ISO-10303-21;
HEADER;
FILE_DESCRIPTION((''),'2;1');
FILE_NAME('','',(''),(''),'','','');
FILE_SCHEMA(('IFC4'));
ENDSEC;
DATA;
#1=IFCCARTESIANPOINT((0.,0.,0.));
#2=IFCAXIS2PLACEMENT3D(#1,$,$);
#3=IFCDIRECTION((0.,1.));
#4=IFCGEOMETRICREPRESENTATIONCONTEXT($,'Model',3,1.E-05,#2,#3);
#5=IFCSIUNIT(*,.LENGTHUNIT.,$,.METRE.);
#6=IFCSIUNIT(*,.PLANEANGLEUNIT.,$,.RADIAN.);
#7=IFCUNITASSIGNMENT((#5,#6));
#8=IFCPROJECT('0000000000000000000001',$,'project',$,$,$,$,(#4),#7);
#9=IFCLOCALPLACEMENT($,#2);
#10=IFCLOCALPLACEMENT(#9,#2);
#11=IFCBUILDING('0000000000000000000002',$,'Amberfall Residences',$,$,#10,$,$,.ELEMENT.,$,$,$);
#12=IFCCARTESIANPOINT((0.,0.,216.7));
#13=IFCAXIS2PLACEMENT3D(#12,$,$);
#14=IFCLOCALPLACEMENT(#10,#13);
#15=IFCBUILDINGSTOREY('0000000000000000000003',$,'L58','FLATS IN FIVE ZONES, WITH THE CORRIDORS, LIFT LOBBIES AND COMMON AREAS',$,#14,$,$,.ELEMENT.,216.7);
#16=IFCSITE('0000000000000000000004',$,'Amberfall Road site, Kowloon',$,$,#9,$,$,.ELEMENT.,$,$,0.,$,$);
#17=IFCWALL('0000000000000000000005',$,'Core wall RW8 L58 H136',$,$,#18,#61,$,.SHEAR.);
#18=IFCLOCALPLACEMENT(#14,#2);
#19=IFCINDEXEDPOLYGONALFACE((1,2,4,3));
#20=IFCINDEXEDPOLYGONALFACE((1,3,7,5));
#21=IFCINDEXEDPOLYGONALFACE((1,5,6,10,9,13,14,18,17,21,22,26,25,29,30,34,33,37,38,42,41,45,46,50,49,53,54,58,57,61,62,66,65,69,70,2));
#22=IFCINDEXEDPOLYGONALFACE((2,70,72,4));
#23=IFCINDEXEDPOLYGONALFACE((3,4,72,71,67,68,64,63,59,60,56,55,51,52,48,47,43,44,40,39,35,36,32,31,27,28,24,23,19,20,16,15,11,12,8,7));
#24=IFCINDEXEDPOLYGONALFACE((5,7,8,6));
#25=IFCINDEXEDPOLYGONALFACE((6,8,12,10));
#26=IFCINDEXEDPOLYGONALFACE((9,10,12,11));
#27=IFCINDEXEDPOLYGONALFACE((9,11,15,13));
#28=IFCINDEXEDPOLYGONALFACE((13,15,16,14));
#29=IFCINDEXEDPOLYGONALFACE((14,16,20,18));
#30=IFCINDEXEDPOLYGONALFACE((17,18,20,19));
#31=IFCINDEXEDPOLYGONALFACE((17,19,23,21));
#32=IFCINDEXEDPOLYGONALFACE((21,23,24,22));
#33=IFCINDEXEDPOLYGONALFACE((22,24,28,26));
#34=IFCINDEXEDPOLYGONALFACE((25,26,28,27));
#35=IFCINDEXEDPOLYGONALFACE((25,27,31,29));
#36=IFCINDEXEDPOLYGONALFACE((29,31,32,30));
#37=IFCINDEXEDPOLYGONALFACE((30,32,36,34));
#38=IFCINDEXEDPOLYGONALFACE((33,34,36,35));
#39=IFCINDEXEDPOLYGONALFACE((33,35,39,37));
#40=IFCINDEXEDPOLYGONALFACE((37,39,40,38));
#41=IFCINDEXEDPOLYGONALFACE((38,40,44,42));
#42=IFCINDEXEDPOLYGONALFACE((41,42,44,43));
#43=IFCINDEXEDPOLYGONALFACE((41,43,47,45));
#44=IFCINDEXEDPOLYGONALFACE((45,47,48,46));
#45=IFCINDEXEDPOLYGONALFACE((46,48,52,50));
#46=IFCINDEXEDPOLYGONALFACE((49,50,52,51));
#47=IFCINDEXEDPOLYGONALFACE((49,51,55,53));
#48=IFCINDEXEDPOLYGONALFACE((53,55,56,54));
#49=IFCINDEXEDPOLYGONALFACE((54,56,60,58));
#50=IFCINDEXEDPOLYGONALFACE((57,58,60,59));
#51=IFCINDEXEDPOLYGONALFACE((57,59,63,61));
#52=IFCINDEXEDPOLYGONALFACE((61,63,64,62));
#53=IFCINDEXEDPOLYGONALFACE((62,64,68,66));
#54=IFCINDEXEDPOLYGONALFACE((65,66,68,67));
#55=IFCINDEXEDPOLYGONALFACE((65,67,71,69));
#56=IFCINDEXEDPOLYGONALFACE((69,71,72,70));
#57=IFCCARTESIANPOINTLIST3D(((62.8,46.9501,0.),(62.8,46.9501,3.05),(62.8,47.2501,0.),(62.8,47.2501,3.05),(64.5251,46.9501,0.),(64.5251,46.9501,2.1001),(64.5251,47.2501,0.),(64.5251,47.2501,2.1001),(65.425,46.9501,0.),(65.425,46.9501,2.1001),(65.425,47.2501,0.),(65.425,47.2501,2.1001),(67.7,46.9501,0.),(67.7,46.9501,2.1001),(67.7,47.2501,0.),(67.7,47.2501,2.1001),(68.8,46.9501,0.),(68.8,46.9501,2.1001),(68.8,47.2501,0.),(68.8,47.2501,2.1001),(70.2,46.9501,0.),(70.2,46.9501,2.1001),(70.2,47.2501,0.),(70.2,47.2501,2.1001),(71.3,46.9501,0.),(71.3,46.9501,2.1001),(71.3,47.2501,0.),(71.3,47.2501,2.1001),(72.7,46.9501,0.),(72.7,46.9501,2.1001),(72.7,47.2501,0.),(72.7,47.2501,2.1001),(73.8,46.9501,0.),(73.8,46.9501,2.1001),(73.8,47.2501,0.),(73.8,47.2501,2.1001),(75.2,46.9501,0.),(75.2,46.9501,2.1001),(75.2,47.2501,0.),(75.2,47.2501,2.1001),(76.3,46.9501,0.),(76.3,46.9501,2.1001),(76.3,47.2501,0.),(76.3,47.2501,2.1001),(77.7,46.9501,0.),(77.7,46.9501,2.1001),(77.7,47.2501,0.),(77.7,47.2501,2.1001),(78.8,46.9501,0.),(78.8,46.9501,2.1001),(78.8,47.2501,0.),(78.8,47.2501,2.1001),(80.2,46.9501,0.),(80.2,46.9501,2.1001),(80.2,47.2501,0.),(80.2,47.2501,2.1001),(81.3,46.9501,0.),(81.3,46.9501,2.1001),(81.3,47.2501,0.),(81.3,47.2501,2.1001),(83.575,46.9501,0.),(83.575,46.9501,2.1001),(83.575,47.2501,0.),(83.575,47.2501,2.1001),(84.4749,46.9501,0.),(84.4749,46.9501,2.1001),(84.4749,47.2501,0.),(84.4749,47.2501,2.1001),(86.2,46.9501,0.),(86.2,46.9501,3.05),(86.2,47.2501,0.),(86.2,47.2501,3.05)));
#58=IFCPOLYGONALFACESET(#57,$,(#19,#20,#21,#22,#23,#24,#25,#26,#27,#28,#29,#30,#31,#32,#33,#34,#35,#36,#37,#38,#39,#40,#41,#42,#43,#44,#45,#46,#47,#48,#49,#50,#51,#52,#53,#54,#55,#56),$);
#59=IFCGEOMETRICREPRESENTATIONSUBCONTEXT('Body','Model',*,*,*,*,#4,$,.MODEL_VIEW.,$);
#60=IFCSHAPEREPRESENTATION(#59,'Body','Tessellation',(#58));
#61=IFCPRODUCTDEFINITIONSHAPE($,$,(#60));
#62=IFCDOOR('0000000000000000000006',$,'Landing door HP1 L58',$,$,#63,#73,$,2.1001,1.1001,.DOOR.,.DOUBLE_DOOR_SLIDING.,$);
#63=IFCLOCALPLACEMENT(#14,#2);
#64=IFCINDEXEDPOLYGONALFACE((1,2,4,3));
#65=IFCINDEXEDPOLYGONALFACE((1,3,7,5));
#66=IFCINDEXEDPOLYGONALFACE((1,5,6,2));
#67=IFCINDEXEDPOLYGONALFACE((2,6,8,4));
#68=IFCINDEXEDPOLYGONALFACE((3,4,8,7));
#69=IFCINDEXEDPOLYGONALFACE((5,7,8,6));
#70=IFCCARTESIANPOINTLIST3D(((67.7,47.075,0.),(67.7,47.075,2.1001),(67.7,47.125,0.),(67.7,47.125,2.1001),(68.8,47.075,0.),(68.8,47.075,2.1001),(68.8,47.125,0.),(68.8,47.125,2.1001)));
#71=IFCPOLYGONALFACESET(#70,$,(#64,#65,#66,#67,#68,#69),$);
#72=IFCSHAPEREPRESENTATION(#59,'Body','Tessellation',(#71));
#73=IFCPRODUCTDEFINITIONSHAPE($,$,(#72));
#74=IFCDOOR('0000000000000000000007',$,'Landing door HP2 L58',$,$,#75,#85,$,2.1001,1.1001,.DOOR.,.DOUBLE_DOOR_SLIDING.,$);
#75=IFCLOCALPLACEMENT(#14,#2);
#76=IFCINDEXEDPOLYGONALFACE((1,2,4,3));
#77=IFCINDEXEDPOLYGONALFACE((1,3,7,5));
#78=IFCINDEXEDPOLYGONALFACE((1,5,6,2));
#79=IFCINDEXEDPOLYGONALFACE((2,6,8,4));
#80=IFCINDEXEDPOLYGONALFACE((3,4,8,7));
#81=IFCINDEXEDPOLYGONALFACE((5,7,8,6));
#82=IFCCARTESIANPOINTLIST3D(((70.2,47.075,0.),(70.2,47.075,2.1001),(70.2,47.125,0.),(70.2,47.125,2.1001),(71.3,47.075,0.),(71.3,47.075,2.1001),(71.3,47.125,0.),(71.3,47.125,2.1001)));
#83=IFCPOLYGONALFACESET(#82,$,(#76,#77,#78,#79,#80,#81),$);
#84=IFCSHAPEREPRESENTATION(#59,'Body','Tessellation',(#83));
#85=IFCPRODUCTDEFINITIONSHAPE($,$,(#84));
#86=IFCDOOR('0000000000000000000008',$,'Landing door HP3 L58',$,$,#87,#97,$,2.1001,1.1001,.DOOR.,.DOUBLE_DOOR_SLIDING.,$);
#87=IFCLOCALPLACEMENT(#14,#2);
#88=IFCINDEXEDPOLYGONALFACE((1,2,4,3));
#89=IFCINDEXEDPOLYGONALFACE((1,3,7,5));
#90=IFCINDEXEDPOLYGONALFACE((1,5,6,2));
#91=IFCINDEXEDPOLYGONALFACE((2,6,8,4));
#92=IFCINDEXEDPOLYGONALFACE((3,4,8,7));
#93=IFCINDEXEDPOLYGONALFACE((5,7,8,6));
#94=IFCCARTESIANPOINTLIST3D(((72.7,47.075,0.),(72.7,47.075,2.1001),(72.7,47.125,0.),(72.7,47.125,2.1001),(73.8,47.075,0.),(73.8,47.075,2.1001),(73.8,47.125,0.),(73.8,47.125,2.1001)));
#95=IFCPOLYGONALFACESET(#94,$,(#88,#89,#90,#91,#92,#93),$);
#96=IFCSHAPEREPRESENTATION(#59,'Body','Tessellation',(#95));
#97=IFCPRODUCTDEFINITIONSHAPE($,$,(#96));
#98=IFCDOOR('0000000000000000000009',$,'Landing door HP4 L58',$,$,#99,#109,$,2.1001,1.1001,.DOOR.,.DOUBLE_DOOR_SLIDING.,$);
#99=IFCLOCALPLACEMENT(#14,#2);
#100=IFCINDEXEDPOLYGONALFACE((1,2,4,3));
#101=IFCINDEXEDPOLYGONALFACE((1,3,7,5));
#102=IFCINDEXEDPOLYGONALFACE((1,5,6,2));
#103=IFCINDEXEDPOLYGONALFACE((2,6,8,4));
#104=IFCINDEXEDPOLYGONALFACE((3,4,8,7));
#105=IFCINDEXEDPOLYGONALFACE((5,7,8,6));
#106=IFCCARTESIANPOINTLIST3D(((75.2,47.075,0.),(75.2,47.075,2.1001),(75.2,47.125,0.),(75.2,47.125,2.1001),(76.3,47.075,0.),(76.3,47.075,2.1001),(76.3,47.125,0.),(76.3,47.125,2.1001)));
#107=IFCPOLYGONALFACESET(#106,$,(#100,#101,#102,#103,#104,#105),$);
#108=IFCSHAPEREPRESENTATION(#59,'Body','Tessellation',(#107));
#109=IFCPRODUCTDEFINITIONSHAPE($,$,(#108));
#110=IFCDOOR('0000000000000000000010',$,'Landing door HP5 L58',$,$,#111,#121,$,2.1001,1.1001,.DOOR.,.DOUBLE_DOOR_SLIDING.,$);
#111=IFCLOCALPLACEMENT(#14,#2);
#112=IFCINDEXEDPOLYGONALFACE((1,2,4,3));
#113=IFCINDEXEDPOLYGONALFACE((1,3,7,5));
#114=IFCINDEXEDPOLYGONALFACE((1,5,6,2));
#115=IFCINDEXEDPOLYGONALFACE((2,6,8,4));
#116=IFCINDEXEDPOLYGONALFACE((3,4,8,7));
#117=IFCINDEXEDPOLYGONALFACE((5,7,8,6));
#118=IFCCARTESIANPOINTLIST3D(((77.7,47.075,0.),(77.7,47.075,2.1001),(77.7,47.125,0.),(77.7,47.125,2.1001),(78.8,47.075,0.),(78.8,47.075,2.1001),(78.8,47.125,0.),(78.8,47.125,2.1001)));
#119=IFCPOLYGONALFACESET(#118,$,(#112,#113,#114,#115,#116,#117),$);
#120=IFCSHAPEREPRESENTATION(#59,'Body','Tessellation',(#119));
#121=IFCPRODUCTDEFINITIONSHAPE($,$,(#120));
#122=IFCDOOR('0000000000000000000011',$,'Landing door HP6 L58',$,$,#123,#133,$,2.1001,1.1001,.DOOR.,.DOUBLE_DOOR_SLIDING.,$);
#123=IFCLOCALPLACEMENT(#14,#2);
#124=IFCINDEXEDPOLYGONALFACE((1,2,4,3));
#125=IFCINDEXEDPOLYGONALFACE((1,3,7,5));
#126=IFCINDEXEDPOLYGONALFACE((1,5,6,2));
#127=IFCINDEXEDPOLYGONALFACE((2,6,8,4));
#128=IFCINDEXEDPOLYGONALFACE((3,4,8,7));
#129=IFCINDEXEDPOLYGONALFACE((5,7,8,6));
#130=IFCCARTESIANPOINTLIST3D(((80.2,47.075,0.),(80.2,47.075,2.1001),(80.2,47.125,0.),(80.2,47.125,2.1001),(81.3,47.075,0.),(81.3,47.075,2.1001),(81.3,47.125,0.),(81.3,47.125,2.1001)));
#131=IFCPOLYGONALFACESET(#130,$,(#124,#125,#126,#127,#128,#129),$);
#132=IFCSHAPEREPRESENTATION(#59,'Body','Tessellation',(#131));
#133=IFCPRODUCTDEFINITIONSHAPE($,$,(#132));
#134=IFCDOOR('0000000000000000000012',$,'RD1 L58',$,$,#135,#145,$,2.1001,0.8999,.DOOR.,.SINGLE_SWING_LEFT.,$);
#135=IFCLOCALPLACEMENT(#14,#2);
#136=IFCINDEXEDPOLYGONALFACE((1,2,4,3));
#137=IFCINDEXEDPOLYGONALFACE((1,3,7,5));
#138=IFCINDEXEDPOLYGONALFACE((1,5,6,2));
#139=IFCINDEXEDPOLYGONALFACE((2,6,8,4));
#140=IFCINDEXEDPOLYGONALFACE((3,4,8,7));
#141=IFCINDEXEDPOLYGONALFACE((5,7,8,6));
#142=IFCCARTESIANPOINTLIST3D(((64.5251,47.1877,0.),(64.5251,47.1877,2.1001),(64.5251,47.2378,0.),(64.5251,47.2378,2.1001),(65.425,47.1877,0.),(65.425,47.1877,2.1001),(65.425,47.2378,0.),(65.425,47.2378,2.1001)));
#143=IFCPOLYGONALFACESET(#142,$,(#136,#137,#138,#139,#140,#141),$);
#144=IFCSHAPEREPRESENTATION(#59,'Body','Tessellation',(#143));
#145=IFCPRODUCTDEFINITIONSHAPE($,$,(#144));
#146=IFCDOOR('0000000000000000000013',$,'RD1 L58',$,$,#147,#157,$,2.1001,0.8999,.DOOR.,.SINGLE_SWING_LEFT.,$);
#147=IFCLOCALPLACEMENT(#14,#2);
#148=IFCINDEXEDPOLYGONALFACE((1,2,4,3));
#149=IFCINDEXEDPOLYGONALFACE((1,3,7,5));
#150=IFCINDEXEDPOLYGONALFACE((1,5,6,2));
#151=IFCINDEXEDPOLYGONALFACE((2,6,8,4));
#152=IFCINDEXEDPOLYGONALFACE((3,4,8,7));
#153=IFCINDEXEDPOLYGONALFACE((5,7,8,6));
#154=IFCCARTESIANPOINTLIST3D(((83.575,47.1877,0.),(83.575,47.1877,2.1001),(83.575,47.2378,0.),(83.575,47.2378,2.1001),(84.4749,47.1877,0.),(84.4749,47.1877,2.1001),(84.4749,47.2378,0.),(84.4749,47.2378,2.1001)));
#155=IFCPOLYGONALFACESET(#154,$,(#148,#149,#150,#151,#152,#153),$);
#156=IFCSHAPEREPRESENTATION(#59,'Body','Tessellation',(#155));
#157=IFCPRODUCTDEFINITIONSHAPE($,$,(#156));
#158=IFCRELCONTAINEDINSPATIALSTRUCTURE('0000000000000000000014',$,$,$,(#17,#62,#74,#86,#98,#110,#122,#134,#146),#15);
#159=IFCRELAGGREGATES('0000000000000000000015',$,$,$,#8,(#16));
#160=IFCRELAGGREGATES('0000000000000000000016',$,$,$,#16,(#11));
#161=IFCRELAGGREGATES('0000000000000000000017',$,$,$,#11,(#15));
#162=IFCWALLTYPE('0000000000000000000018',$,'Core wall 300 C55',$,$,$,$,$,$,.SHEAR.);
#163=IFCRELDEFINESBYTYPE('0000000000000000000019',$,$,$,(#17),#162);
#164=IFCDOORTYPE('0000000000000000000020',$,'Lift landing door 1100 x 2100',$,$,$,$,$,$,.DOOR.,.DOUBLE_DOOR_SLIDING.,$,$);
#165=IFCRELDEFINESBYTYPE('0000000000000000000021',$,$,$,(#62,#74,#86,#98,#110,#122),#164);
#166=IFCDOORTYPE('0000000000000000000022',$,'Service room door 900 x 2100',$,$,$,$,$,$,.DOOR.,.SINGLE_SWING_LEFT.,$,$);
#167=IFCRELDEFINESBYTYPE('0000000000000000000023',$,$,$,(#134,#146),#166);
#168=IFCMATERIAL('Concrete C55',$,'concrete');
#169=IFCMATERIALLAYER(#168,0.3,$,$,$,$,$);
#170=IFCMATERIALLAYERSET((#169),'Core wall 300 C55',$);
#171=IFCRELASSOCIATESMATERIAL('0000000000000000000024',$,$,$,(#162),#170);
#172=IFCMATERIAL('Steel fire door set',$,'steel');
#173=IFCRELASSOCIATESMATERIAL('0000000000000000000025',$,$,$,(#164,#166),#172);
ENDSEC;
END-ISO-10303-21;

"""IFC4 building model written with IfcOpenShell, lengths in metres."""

from ifc_helpers import new_model, si_unit, direction, frame, frame_2d, origin, place, context, subcontext, project, spatial, rectangle, extrude, material, layer, layer_set, type_object, element, fill, save


model = new_model("IFC4")

# Units and contexts
model_context = context("Model", 3, precision=1e-05, world=origin(), true_north=direction((0.0, 1.0)))
body_context = subcontext(model_context, "Body", "Model", "MODEL_VIEW")
ifc_project = project(units=[si_unit("LENGTHUNIT", "METRE"), si_unit("PLANEANGLEUNIT", "RADIAN")], contexts=[model_context])

# Site, building, storey
site_placement = place(None, origin())
site = spatial("IfcSite", under=ifc_project, at=site_placement, Name="Amberfall Road site, Kowloon", CompositionType="ELEMENT", RefElevation=0.0)
building_placement = place(site_placement, origin())
building = spatial("IfcBuilding", under=site, at=building_placement, Name="Amberfall Residences", CompositionType="ELEMENT")
storey_placement = place(building_placement, frame((0.0, 0.0, 216.7)))
storey = spatial("IfcBuildingStorey", under=building, at=storey_placement, Name="L58", Description="FLATS IN FIVE ZONES, WITH THE CORRIDORS, LIFT LOBBIES AND COMMON AREAS", CompositionType="ELEMENT", Elevation=216.7)

# Wall, openings, doors
ifc_material_1 = material(Name="Concrete C55", Category="concrete")
ifc_layer_1 = layer(ifc_material_1, 0.3)
ifc_layer_set_1 = layer_set([ifc_layer_1], Name="Core wall 300 C55")
wall_type_1 = type_object("IfcWallType", Name="Core wall 300 C55", PredefinedType="SHEAR", material=ifc_layer_set_1)
wall_1_placement = place(storey_placement, frame((62.8, 47.1001, 0.0), z_axis=(0.0, 0.0, 1.0), x_axis=(1.0, 0.0, 0.0)))
wall_1 = element("IfcWall", 1, at=wall_1_placement, inside=storey, type_object=wall_type_1, Name="Core wall RW8 L58 H136", PredefinedType="SHEAR", context=body_context, shape_type="SweptSolid", body=[
    extrude(rectangle(XDim=23.3999, YDim=0.3, at=frame_2d((11.7, 0.0))), origin(), (0.0, 0.0, 1.0), 3.05),
])
opening_1_placement = place(wall_1_placement, frame((1.7251, 0.0, 0.0)))
opening_1 = element("IfcOpeningElement", 2, at=opening_1_placement, cuts=wall_1, PredefinedType="OPENING", context=body_context, shape_type="SweptSolid", body=[
    extrude(rectangle(XDim=0.8999, YDim=2.1001, at=frame_2d((0.45, 1.05))), frame((0.0, 0.1599, 0.0), z_axis=(0.0, -1.0, 0.0), x_axis=(1.0, 0.0, 0.0)), (0.0, 0.0, 1.0), 0.3201),
])
opening_2_placement = place(wall_1_placement, frame((20.7749, 0.0, 0.0)))
opening_2 = element("IfcOpeningElement", 3, at=opening_2_placement, cuts=wall_1, PredefinedType="OPENING", context=body_context, shape_type="SweptSolid", body=[
    extrude(rectangle(XDim=0.8999, YDim=2.1001, at=frame_2d((0.45, 1.05))), frame((0.0, 0.1599, 0.0), z_axis=(0.0, -1.0, 0.0), x_axis=(1.0, 0.0, 0.0)), (0.0, 0.0, 1.0), 0.3201),
])
opening_3_placement = place(wall_1_placement, frame((4.8999, 0.0, 0.0)))
opening_3 = element("IfcOpeningElement", 4, at=opening_3_placement, cuts=wall_1, PredefinedType="OPENING", context=body_context, shape_type="SweptSolid", body=[
    extrude(rectangle(XDim=1.1001, YDim=2.1001, at=frame_2d((0.55, 1.05))), frame((0.0, 0.1599, 0.0), z_axis=(0.0, -1.0, 0.0), x_axis=(1.0, 0.0, 0.0)), (0.0, 0.0, 1.0), 0.3201),
])
opening_4_placement = place(wall_1_placement, frame((7.3999, 0.0, 0.0)))
opening_4 = element("IfcOpeningElement", 5, at=opening_4_placement, cuts=wall_1, PredefinedType="OPENING", context=body_context, shape_type="SweptSolid", body=[
    extrude(rectangle(XDim=1.1001, YDim=2.1001, at=frame_2d((0.55, 1.05))), frame((0.0, 0.1599, 0.0), z_axis=(0.0, -1.0, 0.0), x_axis=(1.0, 0.0, 0.0)), (0.0, 0.0, 1.0), 0.3201),
])
opening_5_placement = place(wall_1_placement, frame((9.8999, 0.0, 0.0)))
opening_5 = element("IfcOpeningElement", 6, at=opening_5_placement, cuts=wall_1, PredefinedType="OPENING", context=body_context, shape_type="SweptSolid", body=[
    extrude(rectangle(XDim=1.1001, YDim=2.1001, at=frame_2d((0.55, 1.05))), frame((0.0, 0.1599, 0.0), z_axis=(0.0, -1.0, 0.0), x_axis=(1.0, 0.0, 0.0)), (0.0, 0.0, 1.0), 0.3201),
])
opening_6_placement = place(wall_1_placement, frame((12.3999, 0.0, 0.0)))
opening_6 = element("IfcOpeningElement", 7, at=opening_6_placement, cuts=wall_1, PredefinedType="OPENING", context=body_context, shape_type="SweptSolid", body=[
    extrude(rectangle(XDim=1.1001, YDim=2.1001, at=frame_2d((0.55, 1.05))), frame((0.0, 0.1599, 0.0), z_axis=(0.0, -1.0, 0.0), x_axis=(1.0, 0.0, 0.0)), (0.0, 0.0, 1.0), 0.3201),
])
opening_7_placement = place(wall_1_placement, frame((14.8999, 0.0, 0.0)))
opening_7 = element("IfcOpeningElement", 8, at=opening_7_placement, cuts=wall_1, PredefinedType="OPENING", context=body_context, shape_type="SweptSolid", body=[
    extrude(rectangle(XDim=1.1001, YDim=2.1001, at=frame_2d((0.55, 1.05))), frame((0.0, 0.1599, 0.0), z_axis=(0.0, -1.0, 0.0), x_axis=(1.0, 0.0, 0.0)), (0.0, 0.0, 1.0), 0.3201),
])
opening_8_placement = place(wall_1_placement, frame((17.3999, 0.0, 0.0)))
opening_8 = element("IfcOpeningElement", 9, at=opening_8_placement, cuts=wall_1, PredefinedType="OPENING", context=body_context, shape_type="SweptSolid", body=[
    extrude(rectangle(XDim=1.1001, YDim=2.1001, at=frame_2d((0.55, 1.05))), frame((0.0, 0.1599, 0.0), z_axis=(0.0, -1.0, 0.0), x_axis=(1.0, 0.0, 0.0)), (0.0, 0.0, 1.0), 0.3201),
])
ifc_material_2 = material(Name="Steel fire door set", Category="steel")
door_type_1 = type_object("IfcDoorType", Name="Lift landing door 1100 x 2100", OperationType="DOUBLE_DOOR_SLIDING", PredefinedType="DOOR", material=ifc_material_2)
door_1_placement = place(opening_3_placement, origin())
door_1 = element("IfcDoor", 10, at=door_1_placement, inside=storey, type_object=door_type_1, Name="Landing door HP1 L58", OperationType="DOUBLE_DOOR_SLIDING", OverallHeight=2.1001, OverallWidth=1.1001, PredefinedType="DOOR", context=body_context, shape_type="SweptSolid", body=[
    extrude(rectangle(XDim=1.1001, YDim=2.1001, at=frame_2d((0.55, 1.05))), frame((0.0, 0.0249, 0.0), z_axis=(0.0, -1.0, 0.0), x_axis=(1.0, 0.0, 0.0)), (0.0, 0.0, 1.0), 0.05),
])
fill(opening_3, door_1)
door_2_placement = place(opening_4_placement, origin())
door_2 = element("IfcDoor", 11, at=door_2_placement, inside=storey, type_object=door_type_1, Name="Landing door HP2 L58", OperationType="DOUBLE_DOOR_SLIDING", OverallHeight=2.1001, OverallWidth=1.1001, PredefinedType="DOOR", context=body_context, shape_type="SweptSolid", body=[
    extrude(rectangle(XDim=1.1001, YDim=2.1001, at=frame_2d((0.55, 1.05))), frame((0.0, 0.0249, 0.0), z_axis=(0.0, -1.0, 0.0), x_axis=(1.0, 0.0, 0.0)), (0.0, 0.0, 1.0), 0.05),
])
fill(opening_4, door_2)
door_3_placement = place(opening_5_placement, origin())
door_3 = element("IfcDoor", 12, at=door_3_placement, inside=storey, type_object=door_type_1, Name="Landing door HP3 L58", OperationType="DOUBLE_DOOR_SLIDING", OverallHeight=2.1001, OverallWidth=1.1001, PredefinedType="DOOR", context=body_context, shape_type="SweptSolid", body=[
    extrude(rectangle(XDim=1.1001, YDim=2.1001, at=frame_2d((0.55, 1.05))), frame((0.0, 0.0249, 0.0), z_axis=(0.0, -1.0, 0.0), x_axis=(1.0, 0.0, 0.0)), (0.0, 0.0, 1.0), 0.05),
])
fill(opening_5, door_3)
door_4_placement = place(opening_6_placement, origin())
door_4 = element("IfcDoor", 13, at=door_4_placement, inside=storey, type_object=door_type_1, Name="Landing door HP4 L58", OperationType="DOUBLE_DOOR_SLIDING", OverallHeight=2.1001, OverallWidth=1.1001, PredefinedType="DOOR", context=body_context, shape_type="SweptSolid", body=[
    extrude(rectangle(XDim=1.1001, YDim=2.1001, at=frame_2d((0.55, 1.05))), frame((0.0, 0.0249, 0.0), z_axis=(0.0, -1.0, 0.0), x_axis=(1.0, 0.0, 0.0)), (0.0, 0.0, 1.0), 0.05),
])
fill(opening_6, door_4)
door_5_placement = place(opening_7_placement, origin())
door_5 = element("IfcDoor", 14, at=door_5_placement, inside=storey, type_object=door_type_1, Name="Landing door HP5 L58", OperationType="DOUBLE_DOOR_SLIDING", OverallHeight=2.1001, OverallWidth=1.1001, PredefinedType="DOOR", context=body_context, shape_type="SweptSolid", body=[
    extrude(rectangle(XDim=1.1001, YDim=2.1001, at=frame_2d((0.55, 1.05))), frame((0.0, 0.0249, 0.0), z_axis=(0.0, -1.0, 0.0), x_axis=(1.0, 0.0, 0.0)), (0.0, 0.0, 1.0), 0.05),
])
fill(opening_7, door_5)
door_6_placement = place(opening_8_placement, origin())
door_6 = element("IfcDoor", 15, at=door_6_placement, inside=storey, type_object=door_type_1, Name="Landing door HP6 L58", OperationType="DOUBLE_DOOR_SLIDING", OverallHeight=2.1001, OverallWidth=1.1001, PredefinedType="DOOR", context=body_context, shape_type="SweptSolid", body=[
    extrude(rectangle(XDim=1.1001, YDim=2.1001, at=frame_2d((0.55, 1.05))), frame((0.0, 0.0249, 0.0), z_axis=(0.0, -1.0, 0.0), x_axis=(1.0, 0.0, 0.0)), (0.0, 0.0, 1.0), 0.05),
])
fill(opening_8, door_6)
door_type_2 = type_object("IfcDoorType", Name="Service room door 900 x 2100", OperationType="SINGLE_SWING_LEFT", PredefinedType="DOOR", material=ifc_material_2)
door_7_placement = place(opening_1_placement, origin())
door_7 = element("IfcDoor", 16, at=door_7_placement, inside=storey, type_object=door_type_2, Name="RD1 L58", OperationType="SINGLE_SWING_LEFT", OverallHeight=2.1001, OverallWidth=0.8999, PredefinedType="DOOR", context=body_context, shape_type="SweptSolid", body=[
    extrude(rectangle(XDim=0.8999, YDim=2.1001, at=frame_2d((0.45, 1.05))), frame((0.0, 0.1377, 0.0), z_axis=(0.0, -1.0, 0.0), x_axis=(1.0, 0.0, 0.0)), (0.0, 0.0, 1.0), 0.05),
])
fill(opening_1, door_7)
door_8_placement = place(opening_2_placement, origin())
door_8 = element("IfcDoor", 17, at=door_8_placement, inside=storey, type_object=door_type_2, Name="RD1 L58", OperationType="SINGLE_SWING_LEFT", OverallHeight=2.1001, OverallWidth=0.8999, PredefinedType="DOOR", context=body_context, shape_type="SweptSolid", body=[
    extrude(rectangle(XDim=0.8999, YDim=2.1001, at=frame_2d((0.45, 1.05))), frame((0.0, 0.1377, 0.0), z_axis=(0.0, -1.0, 0.0), x_axis=(1.0, 0.0, 0.0)), (0.0, 0.0, 1.0), 0.05),
])
fill(opening_2, door_8)

save(model, "model.ifc")
